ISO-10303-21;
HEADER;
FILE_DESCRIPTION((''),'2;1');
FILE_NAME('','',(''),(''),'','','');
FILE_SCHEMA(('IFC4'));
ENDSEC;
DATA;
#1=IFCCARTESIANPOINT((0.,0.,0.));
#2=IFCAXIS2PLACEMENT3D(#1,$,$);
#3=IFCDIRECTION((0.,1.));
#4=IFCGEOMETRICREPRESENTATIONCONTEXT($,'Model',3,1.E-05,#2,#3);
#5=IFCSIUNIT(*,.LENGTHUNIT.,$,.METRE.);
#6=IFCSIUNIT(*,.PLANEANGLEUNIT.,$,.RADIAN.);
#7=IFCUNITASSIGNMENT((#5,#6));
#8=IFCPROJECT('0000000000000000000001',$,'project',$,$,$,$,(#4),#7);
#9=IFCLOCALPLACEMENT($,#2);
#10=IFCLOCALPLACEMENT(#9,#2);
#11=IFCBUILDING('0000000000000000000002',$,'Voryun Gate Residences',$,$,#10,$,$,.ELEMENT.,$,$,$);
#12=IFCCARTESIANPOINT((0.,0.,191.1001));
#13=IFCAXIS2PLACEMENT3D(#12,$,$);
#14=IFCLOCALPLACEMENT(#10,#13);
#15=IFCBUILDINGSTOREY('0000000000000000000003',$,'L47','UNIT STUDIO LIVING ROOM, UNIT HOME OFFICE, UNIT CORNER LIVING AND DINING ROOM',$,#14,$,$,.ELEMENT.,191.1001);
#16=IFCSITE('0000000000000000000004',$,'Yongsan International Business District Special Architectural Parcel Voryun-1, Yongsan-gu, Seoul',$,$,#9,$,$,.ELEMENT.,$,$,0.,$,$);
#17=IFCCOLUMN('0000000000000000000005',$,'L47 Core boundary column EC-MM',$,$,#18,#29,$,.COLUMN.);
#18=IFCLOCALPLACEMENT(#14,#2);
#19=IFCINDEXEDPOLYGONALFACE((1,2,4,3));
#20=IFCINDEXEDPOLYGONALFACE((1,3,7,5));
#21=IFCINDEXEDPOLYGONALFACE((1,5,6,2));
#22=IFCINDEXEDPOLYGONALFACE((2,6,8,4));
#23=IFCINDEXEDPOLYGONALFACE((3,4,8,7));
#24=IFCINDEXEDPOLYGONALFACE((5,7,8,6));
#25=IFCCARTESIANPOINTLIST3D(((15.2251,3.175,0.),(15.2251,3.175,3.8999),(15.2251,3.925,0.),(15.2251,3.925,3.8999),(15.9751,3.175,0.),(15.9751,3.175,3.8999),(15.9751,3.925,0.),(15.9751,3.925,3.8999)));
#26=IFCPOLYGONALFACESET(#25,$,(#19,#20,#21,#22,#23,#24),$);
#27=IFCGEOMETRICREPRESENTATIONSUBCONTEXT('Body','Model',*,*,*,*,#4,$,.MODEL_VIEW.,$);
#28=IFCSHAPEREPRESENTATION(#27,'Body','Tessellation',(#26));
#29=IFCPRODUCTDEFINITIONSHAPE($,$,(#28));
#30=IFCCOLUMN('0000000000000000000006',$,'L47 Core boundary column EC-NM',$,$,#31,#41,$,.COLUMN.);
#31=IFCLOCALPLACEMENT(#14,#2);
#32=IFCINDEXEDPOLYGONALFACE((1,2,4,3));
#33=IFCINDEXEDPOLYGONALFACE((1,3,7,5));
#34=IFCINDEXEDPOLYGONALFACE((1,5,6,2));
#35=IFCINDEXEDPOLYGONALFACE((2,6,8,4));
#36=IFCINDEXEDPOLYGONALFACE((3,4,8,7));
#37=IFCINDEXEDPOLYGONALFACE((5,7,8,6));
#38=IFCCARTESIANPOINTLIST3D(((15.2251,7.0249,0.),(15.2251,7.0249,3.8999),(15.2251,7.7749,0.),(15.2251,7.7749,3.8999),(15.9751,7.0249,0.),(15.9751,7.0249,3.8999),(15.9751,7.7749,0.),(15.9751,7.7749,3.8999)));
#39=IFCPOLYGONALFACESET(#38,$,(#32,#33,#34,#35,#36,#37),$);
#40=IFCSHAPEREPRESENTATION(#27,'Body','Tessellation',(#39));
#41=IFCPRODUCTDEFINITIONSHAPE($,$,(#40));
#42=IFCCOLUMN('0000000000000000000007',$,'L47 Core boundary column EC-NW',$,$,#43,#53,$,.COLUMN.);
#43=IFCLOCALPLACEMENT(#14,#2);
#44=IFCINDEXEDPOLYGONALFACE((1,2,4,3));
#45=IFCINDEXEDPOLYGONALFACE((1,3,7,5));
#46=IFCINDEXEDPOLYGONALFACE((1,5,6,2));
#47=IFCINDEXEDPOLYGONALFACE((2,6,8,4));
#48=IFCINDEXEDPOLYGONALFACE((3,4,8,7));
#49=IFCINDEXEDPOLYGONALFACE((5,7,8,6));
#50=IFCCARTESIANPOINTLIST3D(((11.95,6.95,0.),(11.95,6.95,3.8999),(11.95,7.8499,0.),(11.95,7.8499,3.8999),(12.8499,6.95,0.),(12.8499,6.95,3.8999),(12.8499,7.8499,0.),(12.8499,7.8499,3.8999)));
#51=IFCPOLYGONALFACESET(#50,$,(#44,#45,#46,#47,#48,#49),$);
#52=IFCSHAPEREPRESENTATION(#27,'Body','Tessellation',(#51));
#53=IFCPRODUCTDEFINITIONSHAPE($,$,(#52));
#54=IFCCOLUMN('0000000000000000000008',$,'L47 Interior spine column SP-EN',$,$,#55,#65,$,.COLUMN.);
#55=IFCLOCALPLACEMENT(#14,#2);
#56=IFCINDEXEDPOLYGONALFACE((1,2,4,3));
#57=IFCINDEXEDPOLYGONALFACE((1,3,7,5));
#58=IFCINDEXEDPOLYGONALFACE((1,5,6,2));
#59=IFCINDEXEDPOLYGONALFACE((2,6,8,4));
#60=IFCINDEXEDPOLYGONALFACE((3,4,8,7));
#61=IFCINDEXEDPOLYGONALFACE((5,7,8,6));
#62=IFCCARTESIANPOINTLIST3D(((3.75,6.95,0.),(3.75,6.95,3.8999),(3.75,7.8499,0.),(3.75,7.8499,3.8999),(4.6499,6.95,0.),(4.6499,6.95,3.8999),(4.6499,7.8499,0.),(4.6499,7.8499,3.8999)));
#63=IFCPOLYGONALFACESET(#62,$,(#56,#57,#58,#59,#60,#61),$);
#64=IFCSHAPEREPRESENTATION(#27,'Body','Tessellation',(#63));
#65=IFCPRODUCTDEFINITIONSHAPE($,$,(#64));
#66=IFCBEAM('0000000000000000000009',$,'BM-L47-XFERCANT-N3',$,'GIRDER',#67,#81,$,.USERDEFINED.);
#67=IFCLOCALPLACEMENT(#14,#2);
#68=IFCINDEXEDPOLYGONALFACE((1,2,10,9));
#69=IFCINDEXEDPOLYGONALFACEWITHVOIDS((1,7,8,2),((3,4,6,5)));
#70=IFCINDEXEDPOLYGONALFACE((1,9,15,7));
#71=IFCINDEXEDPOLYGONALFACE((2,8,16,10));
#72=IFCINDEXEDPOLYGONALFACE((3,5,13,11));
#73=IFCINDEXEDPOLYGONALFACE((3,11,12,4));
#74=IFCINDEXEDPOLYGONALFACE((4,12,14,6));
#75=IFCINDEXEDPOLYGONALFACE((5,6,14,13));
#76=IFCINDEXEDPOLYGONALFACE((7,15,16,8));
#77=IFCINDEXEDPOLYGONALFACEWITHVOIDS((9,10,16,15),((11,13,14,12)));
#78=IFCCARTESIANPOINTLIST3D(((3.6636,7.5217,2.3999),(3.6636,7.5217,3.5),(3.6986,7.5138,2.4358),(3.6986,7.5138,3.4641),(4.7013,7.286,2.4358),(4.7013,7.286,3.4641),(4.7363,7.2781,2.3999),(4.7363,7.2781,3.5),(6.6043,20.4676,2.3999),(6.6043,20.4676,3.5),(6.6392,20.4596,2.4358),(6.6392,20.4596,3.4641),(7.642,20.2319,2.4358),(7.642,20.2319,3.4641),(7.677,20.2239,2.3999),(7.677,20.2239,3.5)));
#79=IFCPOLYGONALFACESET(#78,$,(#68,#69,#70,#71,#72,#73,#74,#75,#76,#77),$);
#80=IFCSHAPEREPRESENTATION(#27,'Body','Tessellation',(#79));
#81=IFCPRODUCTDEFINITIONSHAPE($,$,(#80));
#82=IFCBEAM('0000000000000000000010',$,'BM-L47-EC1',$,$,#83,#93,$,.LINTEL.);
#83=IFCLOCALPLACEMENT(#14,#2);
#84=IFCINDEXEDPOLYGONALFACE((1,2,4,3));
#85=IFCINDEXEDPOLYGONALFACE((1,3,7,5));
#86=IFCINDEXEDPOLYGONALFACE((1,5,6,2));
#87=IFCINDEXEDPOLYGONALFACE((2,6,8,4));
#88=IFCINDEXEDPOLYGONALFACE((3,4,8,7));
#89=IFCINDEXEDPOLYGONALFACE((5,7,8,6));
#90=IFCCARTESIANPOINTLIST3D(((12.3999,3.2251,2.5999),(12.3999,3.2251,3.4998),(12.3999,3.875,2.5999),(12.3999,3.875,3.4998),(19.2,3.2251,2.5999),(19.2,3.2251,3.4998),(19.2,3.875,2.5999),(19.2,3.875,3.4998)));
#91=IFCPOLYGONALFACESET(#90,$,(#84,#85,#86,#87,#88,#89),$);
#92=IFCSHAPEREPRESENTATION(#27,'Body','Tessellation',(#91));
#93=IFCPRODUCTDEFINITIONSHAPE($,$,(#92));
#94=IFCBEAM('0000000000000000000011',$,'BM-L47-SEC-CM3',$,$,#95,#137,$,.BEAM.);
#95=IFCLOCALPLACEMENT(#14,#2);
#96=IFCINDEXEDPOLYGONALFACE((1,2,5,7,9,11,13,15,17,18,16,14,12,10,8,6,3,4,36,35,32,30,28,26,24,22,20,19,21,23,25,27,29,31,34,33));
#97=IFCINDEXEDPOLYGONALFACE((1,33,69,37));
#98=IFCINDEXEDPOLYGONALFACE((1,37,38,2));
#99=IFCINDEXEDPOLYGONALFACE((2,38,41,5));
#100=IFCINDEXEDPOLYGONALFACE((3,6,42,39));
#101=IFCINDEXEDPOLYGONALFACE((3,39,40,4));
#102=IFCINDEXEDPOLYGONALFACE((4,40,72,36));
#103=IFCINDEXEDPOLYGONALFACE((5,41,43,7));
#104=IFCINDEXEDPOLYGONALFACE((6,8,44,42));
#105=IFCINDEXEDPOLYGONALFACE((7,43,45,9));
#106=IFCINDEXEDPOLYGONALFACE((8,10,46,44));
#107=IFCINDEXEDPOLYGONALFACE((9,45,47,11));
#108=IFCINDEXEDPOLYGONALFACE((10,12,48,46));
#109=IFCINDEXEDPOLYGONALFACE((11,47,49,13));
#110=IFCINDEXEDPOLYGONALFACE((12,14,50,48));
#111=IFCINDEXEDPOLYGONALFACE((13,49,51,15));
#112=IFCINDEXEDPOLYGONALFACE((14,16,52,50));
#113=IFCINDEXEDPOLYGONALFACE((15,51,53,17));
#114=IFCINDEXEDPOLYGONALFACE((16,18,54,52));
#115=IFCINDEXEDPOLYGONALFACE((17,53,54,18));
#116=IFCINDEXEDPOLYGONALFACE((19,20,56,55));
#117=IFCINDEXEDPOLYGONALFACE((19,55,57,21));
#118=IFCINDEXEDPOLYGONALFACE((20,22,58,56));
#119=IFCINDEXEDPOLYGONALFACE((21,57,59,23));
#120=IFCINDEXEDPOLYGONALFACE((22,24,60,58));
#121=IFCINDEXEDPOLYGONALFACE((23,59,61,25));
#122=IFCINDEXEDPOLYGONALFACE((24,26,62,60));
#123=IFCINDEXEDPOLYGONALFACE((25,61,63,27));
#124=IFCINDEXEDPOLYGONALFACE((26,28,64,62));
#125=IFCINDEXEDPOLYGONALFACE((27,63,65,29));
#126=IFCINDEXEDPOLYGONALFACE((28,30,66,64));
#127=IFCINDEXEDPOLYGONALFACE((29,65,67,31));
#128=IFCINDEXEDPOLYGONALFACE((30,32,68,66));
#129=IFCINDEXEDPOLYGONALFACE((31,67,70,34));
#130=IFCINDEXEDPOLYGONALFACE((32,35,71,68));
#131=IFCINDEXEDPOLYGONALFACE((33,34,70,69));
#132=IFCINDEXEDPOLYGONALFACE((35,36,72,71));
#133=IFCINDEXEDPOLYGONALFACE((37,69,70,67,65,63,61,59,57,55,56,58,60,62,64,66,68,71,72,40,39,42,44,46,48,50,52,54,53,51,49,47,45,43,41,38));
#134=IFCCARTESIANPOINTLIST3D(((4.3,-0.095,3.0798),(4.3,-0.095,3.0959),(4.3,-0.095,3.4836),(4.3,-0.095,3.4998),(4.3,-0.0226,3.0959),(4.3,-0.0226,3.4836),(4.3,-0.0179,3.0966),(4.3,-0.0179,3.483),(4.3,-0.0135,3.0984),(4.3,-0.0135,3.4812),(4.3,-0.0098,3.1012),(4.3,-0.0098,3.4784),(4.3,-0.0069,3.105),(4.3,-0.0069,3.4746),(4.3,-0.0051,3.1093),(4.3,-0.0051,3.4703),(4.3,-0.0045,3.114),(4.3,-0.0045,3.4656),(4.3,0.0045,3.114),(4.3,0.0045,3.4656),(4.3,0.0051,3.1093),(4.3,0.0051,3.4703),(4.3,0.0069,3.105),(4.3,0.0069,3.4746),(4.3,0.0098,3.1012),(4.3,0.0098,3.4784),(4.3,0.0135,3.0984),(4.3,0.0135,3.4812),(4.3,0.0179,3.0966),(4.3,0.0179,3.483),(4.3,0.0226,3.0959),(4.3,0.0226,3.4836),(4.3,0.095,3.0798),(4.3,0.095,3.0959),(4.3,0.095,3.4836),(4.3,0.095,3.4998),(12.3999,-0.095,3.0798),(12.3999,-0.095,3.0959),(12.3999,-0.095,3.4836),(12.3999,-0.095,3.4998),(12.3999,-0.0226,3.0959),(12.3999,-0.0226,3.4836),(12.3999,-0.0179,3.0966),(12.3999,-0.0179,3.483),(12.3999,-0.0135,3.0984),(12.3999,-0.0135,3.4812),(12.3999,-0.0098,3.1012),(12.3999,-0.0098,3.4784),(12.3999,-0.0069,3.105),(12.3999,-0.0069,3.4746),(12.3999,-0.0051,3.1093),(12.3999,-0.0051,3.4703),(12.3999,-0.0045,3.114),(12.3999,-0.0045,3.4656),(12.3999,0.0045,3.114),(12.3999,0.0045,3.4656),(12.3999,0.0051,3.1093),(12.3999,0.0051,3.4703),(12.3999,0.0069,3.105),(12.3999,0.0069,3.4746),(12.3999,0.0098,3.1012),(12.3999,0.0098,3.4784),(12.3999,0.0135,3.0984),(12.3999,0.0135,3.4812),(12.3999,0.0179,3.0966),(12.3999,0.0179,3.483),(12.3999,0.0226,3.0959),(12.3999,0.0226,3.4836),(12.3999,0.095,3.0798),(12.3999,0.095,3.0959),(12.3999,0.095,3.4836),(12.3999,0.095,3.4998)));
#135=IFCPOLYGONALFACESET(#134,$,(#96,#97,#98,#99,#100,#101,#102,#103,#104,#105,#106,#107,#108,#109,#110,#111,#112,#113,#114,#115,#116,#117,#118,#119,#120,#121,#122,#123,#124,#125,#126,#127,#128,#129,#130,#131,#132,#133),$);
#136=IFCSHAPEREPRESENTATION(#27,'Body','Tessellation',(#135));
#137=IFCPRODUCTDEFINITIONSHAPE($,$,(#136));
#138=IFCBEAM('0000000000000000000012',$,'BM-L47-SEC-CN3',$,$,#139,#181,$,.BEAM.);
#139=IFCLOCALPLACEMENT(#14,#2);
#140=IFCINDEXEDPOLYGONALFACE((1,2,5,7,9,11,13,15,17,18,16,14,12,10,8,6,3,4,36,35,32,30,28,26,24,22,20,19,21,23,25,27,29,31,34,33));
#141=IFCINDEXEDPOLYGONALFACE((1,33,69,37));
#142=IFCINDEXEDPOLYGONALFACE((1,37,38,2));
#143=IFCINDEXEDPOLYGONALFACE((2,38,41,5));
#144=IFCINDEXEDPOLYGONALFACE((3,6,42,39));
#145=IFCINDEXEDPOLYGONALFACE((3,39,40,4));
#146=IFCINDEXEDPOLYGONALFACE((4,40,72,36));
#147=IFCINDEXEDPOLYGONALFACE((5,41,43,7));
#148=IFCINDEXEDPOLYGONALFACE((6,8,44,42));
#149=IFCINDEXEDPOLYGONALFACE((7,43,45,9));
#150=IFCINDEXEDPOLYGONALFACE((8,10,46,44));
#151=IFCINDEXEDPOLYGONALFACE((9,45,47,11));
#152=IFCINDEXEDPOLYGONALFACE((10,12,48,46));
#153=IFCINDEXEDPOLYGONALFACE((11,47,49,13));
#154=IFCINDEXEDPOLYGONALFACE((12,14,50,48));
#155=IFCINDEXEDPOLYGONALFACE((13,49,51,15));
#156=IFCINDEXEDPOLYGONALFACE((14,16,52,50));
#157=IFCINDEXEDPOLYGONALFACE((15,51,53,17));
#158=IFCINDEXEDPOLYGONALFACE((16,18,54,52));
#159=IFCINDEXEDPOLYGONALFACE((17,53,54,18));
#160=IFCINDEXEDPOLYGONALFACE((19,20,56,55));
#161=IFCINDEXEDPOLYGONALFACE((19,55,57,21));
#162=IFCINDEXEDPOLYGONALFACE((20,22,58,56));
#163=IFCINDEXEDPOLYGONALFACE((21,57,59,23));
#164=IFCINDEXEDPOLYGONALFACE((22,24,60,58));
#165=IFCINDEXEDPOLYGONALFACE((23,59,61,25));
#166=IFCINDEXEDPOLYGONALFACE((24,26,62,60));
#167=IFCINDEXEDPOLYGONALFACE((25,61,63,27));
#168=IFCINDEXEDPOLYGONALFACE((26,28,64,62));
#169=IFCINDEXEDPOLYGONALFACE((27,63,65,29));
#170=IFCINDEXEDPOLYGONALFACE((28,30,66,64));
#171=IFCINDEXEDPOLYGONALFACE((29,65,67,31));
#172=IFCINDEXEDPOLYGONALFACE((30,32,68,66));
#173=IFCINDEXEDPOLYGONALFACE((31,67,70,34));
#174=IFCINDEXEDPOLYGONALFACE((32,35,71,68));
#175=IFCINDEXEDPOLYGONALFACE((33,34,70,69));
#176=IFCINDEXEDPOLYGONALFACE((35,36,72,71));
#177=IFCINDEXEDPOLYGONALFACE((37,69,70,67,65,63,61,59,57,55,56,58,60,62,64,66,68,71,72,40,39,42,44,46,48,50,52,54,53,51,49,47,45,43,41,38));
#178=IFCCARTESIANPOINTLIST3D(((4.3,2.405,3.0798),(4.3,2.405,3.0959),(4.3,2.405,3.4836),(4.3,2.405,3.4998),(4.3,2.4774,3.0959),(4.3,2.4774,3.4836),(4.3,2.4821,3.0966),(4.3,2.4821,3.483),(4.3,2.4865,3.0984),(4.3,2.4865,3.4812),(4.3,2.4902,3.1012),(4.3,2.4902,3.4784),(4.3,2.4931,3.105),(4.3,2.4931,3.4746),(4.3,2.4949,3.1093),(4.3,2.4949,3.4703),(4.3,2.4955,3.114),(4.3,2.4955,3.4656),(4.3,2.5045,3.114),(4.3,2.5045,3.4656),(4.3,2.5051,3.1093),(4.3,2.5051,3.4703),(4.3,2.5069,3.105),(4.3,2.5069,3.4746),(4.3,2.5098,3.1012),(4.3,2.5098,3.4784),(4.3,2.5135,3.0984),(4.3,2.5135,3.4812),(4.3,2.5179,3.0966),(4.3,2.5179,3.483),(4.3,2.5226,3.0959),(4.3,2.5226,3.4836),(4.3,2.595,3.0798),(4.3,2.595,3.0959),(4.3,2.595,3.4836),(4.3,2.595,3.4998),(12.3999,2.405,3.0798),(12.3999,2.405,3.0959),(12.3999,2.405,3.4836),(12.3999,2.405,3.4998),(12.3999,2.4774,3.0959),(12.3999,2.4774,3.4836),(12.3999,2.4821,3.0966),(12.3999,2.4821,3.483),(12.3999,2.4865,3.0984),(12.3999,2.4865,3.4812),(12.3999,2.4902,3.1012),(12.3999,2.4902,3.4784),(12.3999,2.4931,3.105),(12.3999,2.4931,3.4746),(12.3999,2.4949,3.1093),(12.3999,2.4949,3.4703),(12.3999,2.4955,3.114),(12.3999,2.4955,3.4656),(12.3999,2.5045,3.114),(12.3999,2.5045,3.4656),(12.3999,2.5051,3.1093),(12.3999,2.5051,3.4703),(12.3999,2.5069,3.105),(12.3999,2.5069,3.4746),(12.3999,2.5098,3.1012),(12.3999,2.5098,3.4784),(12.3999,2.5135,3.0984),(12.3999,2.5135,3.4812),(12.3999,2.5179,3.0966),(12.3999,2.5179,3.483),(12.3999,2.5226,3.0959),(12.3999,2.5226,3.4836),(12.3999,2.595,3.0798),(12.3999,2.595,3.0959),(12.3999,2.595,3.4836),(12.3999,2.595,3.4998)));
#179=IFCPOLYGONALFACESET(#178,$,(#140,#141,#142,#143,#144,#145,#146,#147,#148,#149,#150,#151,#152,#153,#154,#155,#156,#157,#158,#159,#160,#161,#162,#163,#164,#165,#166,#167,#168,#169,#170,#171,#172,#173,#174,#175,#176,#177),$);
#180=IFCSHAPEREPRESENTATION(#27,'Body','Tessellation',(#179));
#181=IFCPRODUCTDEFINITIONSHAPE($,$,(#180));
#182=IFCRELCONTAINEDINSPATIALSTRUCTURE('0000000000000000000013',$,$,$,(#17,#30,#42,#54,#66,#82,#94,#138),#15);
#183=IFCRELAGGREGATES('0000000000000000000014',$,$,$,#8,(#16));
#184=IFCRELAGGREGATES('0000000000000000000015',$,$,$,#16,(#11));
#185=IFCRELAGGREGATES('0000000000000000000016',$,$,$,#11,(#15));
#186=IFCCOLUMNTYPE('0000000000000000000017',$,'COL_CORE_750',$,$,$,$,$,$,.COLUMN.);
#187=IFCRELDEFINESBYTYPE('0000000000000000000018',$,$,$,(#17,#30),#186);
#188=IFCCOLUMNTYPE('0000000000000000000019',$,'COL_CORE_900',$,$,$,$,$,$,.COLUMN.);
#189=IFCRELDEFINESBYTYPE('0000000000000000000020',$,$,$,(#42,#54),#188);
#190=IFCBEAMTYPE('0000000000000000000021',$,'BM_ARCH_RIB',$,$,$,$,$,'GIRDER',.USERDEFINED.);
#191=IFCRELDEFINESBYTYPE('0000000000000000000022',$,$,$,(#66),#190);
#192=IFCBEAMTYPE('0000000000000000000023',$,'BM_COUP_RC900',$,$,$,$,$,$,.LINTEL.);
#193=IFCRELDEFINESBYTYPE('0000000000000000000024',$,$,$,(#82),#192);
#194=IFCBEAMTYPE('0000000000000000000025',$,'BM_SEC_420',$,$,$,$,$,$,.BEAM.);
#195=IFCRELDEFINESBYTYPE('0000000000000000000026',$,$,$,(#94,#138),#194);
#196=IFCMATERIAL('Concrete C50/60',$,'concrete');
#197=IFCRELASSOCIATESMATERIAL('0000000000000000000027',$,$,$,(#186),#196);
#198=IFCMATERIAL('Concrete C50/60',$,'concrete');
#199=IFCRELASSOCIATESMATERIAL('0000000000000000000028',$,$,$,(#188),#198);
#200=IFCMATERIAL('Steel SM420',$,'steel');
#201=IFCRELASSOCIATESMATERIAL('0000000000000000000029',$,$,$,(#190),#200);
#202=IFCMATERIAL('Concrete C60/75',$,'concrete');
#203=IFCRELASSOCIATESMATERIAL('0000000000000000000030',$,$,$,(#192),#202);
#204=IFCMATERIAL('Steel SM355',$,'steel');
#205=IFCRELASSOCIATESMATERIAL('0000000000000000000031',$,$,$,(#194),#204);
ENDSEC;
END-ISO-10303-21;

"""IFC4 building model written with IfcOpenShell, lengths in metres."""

from ifc_helpers import new_model, si_unit, direction, frame, origin, origin_2d, place, context, subcontext, project, spatial, rectangle, hollow_rectangle, i_section, extrude, material, material_profile, profile_set, type_object, element, save


model = new_model("IFC4")

# Units and contexts
model_context = context("Model", 3, precision=1e-05, world=origin(), true_north=direction((0.0, 1.0)))
body_context = subcontext(model_context, "Body", "Model", "MODEL_VIEW")
ifc_project = project(units=[si_unit("LENGTHUNIT", "METRE"), si_unit("PLANEANGLEUNIT", "RADIAN")], contexts=[model_context])

# Site, building, storey
site_placement = place(None, origin())
site = spatial("IfcSite", under=ifc_project, at=site_placement, Name="Yongsan International Business District Special Architectural Parcel Voryun-1, Yongsan-gu, Seoul", CompositionType="ELEMENT", RefElevation=0.0)
building_placement = place(site_placement, origin())
building = spatial("IfcBuilding", under=site, at=building_placement, Name="Voryun Gate Residences", CompositionType="ELEMENT")
storey_placement = place(building_placement, frame((0.0, 0.0, 191.1001)))
storey = spatial("IfcBuildingStorey", under=building, at=storey_placement, Name="L47", Description="UNIT STUDIO LIVING ROOM, UNIT HOME OFFICE, UNIT CORNER LIVING AND DINING ROOM", CompositionType="ELEMENT", Elevation=191.1001)

# Columns
ifc_material_1 = material(Name="Concrete C50/60", Category="concrete")
ifc_material_profile_1 = material_profile(ifc_material_1, rectangle(XDim=0.75, YDim=0.75, at=origin_2d()), Name="RC-750x750")
ifc_profile_set_1 = profile_set([ifc_material_profile_1], Name="Concrete C50/60")
column_type_1 = type_object("IfcColumnType", Name="COL_CORE_750", PredefinedType="COLUMN", material=ifc_profile_set_1)
for number, where, z_axis, x_axis, name in (
    (1, (15.6001, 3.55, 0.0), (0.0, 0.0, 1.0), (1.0, 0.0, 0.0), "L47 Core boundary column EC-MM"),
    (2, (15.6001, 7.3999, 0.0), (0.0, 0.0, 1.0), (1.0, 0.0, 0.0), "L47 Core boundary column EC-NM"),
):
    element("IfcColumn", number, at=place(storey_placement, frame(where, z_axis=z_axis, x_axis=x_axis)), inside=storey, type_object=column_type_1, Name=name, PredefinedType="COLUMN", context=body_context, shape_type="SweptSolid", body=[
        extrude(rectangle(XDim=0.75, YDim=0.75, at=origin_2d()), origin(), (0.0, 0.0, 1.0), 3.8999),
    ])
ifc_material_2 = material(Name="Concrete C50/60", Category="concrete")
ifc_material_profile_2 = material_profile(ifc_material_2, rectangle(XDim=0.8999, YDim=0.8999, at=origin_2d()), Name="RC-900x900")
ifc_profile_set_2 = profile_set([ifc_material_profile_2], Name="Concrete C50/60")
column_type_2 = type_object("IfcColumnType", Name="COL_CORE_900", PredefinedType="COLUMN", material=ifc_profile_set_2)
for number, where, z_axis, x_axis, name in (
    (3, (12.3999, 7.3999, 0.0), (0.0, 0.0, 1.0), (1.0, 0.0, 0.0), "L47 Core boundary column EC-NW"),
    (4, (4.2, 7.3999, 0.0), (0.0, 0.0, 1.0), (1.0, 0.0, 0.0), "L47 Interior spine column SP-EN"),
):
    element("IfcColumn", number, at=place(storey_placement, frame(where, z_axis=z_axis, x_axis=x_axis)), inside=storey, type_object=column_type_2, Name=name, PredefinedType="COLUMN", context=body_context, shape_type="SweptSolid", body=[
        extrude(rectangle(XDim=0.8999, YDim=0.8999, at=origin_2d()), origin(), (0.0, 0.0, 1.0), 3.8999),
    ])

# Beams
ifc_material_3 = material(Name="Steel SM420", Category="steel")
ifc_material_profile_3 = material_profile(ifc_material_3, hollow_rectangle(XDim=1.1001, YDim=1.1001, WallThickness=0.0359, at=origin_2d()), Name="BOX-1100x1100x36")
ifc_profile_set_3 = profile_set([ifc_material_profile_3], Name="Steel SM420")
beam_type_1 = type_object("IfcBeamType", Name="BM_ARCH_RIB", ElementType="GIRDER", PredefinedType="USERDEFINED", material=ifc_profile_set_3)
beam_1_placement = place(storey_placement, frame((4.2, 7.3999, 2.95), z_axis=(0.22151, 0.975158, 0.0), x_axis=(-0.975158, 0.22151, 0.0)))
element("IfcBeam", 5, at=beam_1_placement, inside=storey, type_object=beam_type_1, Name="BM-L47-XFERCANT-N3", ObjectType="GIRDER", PredefinedType="USERDEFINED", context=body_context, shape_type="SweptSolid", body=[
    extrude(hollow_rectangle(XDim=1.1001, YDim=1.1001, WallThickness=0.0359, at=origin_2d()), origin(), (0.0, 0.0, 1.0), 13.2756),
])
ifc_material_4 = material(Name="Concrete C60/75", Category="concrete")
ifc_material_profile_4 = material_profile(ifc_material_4, rectangle(XDim=0.6499, YDim=0.8999, at=origin_2d()), Name="RC-650x900")
ifc_profile_set_4 = profile_set([ifc_material_profile_4], Name="Concrete C60/75")
beam_type_2 = type_object("IfcBeamType", Name="BM_COUP_RC900", PredefinedType="LINTEL", material=ifc_profile_set_4)
beam_2_placement = place(storey_placement, frame((12.3999, 3.55, 3.0498), z_axis=(1.0, 0.0, 0.0), x_axis=(0.0, 1.0, 0.0)))
element("IfcBeam", 6, at=beam_2_placement, inside=storey, type_object=beam_type_2, Name="BM-L47-EC1", PredefinedType="LINTEL", context=body_context, shape_type="SweptSolid", body=[
    extrude(rectangle(XDim=0.6499, YDim=0.8999, at=origin_2d()), origin(), (0.0, 0.0, 1.0), 6.8),
])
ifc_material_5 = material(Name="Steel SM355", Category="steel")
ifc_material_profile_5 = material_profile(ifc_material_5, i_section(OverallWidth=0.1899, OverallDepth=0.4199, WebThickness=0.009, FlangeThickness=0.0161, FilletRadius=0.0181, at=origin_2d()), Name="H-420x190x9x16")
ifc_profile_set_5 = profile_set([ifc_material_profile_5], Name="Steel SM355")
beam_type_3 = type_object("IfcBeamType", Name="BM_SEC_420", PredefinedType="BEAM", material=ifc_profile_set_5)
for number, where, z_axis, x_axis, name in (
    (7, (4.3, 0.0, 3.2898), (1.0, 0.0, 0.0), (0.0, 1.0, 0.0), "BM-L47-SEC-CM3"),
    (8, (4.3, 2.5, 3.2898), (1.0, 0.0, 0.0), (0.0, 1.0, 0.0), "BM-L47-SEC-CN3"),
):
    element("IfcBeam", number, at=place(storey_placement, frame(where, z_axis=z_axis, x_axis=x_axis)), inside=storey, type_object=beam_type_3, Name=name, PredefinedType="BEAM", context=body_context, shape_type="SweptSolid", body=[
        extrude(i_section(OverallWidth=0.1899, OverallDepth=0.4199, WebThickness=0.009, FlangeThickness=0.0161, FilletRadius=0.0181, at=origin_2d()), origin(), (0.0, 0.0, 1.0), 8.0999),
    ])

save(model, "model.ifc")
